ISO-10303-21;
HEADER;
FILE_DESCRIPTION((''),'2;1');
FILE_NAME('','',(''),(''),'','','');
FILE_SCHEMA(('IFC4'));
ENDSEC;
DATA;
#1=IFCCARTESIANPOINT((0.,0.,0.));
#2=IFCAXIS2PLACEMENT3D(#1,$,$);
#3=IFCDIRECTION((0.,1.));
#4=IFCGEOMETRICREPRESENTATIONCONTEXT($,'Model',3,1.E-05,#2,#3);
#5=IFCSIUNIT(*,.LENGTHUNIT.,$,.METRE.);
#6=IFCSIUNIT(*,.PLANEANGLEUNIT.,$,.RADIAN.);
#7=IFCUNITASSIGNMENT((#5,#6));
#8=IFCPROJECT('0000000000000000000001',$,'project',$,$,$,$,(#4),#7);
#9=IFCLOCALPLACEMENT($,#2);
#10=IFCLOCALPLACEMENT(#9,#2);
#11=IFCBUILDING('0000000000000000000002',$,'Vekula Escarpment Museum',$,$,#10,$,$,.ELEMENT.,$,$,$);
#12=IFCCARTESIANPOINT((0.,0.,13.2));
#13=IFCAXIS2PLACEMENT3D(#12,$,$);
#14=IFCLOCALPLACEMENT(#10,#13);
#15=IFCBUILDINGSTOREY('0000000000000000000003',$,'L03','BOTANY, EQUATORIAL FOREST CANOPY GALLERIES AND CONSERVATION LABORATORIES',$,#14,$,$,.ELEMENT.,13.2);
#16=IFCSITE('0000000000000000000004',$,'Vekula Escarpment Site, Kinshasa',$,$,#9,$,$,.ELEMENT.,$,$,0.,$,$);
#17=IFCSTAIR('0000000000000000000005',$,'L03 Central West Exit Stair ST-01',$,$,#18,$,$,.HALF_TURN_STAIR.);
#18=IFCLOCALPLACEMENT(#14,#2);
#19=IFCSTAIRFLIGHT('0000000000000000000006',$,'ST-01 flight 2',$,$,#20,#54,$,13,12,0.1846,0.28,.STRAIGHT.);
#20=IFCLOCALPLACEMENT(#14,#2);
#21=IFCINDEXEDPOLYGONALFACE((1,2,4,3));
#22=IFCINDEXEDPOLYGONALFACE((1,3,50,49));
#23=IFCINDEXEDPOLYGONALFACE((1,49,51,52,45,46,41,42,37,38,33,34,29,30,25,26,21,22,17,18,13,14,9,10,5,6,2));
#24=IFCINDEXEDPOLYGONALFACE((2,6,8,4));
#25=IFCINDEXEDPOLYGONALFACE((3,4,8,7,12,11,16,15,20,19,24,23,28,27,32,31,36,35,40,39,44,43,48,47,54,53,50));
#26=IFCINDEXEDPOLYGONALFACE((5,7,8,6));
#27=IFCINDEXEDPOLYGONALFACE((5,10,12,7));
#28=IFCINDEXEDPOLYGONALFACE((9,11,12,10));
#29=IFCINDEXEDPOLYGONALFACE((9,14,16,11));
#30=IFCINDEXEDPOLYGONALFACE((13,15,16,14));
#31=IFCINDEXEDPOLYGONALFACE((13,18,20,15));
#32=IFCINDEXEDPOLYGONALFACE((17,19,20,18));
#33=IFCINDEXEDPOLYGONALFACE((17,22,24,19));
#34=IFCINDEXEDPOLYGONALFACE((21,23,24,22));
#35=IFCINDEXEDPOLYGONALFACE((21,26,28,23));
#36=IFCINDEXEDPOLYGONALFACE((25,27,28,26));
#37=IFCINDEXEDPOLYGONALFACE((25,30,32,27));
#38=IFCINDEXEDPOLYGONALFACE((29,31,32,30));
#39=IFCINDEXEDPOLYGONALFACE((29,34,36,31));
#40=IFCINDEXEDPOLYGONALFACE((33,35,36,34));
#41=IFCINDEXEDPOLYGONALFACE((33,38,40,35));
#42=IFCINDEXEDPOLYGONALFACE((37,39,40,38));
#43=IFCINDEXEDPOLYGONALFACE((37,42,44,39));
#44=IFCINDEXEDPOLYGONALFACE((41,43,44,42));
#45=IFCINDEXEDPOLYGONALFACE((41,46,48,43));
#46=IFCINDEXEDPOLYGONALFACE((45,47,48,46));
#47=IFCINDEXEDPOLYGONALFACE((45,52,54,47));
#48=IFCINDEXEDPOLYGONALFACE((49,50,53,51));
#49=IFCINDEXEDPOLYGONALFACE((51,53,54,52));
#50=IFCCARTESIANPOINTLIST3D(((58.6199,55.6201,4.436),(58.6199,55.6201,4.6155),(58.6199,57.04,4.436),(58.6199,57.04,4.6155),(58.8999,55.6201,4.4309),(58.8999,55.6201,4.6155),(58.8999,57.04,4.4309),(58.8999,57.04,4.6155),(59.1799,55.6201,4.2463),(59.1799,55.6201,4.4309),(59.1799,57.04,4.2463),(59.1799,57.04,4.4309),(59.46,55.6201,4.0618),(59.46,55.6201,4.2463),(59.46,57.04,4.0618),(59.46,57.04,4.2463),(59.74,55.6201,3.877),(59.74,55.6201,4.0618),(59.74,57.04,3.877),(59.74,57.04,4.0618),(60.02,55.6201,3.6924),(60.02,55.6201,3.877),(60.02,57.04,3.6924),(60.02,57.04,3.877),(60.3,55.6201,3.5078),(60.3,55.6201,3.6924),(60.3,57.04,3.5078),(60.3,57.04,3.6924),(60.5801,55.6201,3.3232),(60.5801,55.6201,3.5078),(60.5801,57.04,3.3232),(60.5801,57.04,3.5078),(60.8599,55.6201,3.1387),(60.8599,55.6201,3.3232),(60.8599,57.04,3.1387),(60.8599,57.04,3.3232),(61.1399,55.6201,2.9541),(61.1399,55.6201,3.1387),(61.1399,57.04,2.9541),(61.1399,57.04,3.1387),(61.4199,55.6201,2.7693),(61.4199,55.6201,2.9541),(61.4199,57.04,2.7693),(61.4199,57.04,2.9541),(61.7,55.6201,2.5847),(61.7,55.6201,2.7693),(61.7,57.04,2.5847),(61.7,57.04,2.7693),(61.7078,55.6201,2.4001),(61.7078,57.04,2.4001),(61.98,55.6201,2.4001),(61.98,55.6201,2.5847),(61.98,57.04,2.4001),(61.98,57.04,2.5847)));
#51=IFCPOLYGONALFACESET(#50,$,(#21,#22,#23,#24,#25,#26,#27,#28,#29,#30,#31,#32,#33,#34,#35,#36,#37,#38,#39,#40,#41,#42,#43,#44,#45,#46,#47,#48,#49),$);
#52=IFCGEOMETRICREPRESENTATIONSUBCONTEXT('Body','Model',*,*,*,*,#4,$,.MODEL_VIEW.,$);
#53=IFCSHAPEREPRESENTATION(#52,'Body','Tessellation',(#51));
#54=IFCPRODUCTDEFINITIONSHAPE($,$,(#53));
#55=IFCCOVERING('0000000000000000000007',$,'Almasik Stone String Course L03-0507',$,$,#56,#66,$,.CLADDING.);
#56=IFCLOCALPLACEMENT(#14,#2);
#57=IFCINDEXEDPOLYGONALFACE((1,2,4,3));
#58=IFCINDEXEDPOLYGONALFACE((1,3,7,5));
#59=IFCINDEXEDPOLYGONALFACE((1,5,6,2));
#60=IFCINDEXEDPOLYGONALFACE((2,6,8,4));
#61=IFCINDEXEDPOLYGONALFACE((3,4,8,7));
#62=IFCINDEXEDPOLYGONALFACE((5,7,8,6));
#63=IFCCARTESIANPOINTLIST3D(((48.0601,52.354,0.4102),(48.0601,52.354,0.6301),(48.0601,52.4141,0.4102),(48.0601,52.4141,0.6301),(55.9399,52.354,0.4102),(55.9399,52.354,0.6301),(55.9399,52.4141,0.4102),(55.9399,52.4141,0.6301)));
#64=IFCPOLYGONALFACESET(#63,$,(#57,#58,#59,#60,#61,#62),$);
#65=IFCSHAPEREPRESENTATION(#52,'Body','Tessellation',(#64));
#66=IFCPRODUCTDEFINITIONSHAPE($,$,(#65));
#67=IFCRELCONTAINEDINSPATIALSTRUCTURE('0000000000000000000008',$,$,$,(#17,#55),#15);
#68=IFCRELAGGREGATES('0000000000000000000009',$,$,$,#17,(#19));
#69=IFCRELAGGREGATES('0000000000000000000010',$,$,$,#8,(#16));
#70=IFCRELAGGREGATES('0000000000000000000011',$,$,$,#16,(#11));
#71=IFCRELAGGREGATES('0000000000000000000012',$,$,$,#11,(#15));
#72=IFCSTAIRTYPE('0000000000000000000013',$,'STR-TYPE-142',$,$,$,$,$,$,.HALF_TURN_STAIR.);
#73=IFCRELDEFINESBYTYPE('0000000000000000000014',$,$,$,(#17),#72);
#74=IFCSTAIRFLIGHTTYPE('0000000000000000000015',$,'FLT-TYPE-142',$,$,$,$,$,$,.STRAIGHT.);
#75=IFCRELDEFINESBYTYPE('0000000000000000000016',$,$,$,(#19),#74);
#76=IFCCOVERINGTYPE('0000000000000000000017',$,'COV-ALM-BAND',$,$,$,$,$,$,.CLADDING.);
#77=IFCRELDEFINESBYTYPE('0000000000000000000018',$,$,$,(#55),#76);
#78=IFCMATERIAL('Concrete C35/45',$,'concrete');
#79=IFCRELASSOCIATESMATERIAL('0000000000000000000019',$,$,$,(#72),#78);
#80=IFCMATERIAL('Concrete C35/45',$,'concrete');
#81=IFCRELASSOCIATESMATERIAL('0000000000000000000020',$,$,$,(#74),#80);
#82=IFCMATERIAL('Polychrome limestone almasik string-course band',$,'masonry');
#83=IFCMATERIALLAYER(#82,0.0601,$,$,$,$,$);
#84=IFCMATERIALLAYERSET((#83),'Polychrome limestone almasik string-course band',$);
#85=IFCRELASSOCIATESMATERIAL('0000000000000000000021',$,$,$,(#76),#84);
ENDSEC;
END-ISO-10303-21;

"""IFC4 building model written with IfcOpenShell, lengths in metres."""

from ifc_helpers import new_model, si_unit, direction, frame, origin, origin_2d, place, context, subcontext, project, spatial, polyline, rectangle, outline, extrude, material, layer, layer_set, type_object, element, aggregate, save


model = new_model("IFC4")

# Units and contexts
model_context = context("Model", 3, precision=1e-05, world=origin(), true_north=direction((0.0, 1.0)))
body_context = subcontext(model_context, "Body", "Model", "MODEL_VIEW")
ifc_project = project(units=[si_unit("LENGTHUNIT", "METRE"), si_unit("PLANEANGLEUNIT", "RADIAN")], contexts=[model_context])

# Site, building, storey
site_placement = place(None, origin())
site = spatial("IfcSite", under=ifc_project, at=site_placement, Name="Vekula Escarpment Site, Kinshasa", CompositionType="ELEMENT", RefElevation=0.0)
building_placement = place(site_placement, origin())
building = spatial("IfcBuilding", under=site, at=building_placement, Name="Vekula Escarpment Museum", CompositionType="ELEMENT")
storey_placement = place(building_placement, frame((0.0, 0.0, 13.2)))
storey = spatial("IfcBuildingStorey", under=building, at=storey_placement, Name="L03", Description="BOTANY, EQUATORIAL FOREST CANOPY GALLERIES AND CONSERVATION LABORATORIES", CompositionType="ELEMENT", Elevation=13.2)

# Stair, stair flight
ifc_material_1 = material(Name="Concrete C35/45", Category="concrete")
stair_type = type_object("IfcStairType", Name="STR-TYPE-142", PredefinedType="HALF_TURN_STAIR", material=ifc_material_1)
stair_placement = place(storey_placement, origin())
stair = element("IfcStair", 1, at=stair_placement, inside=storey, type_object=stair_type, Name="L03 Central West Exit Stair ST-01", PredefinedType="HALF_TURN_STAIR")
ifc_material_2 = material(Name="Concrete C35/45", Category="concrete")
stair_flight_type = type_object("IfcStairFlightType", Name="FLT-TYPE-142", PredefinedType="STRAIGHT", material=ifc_material_2)
stair_flight_1_placement = place(storey_placement, frame((61.98, 56.3301, 2.4001), z_axis=(0.0, 0.0, 1.0), x_axis=(-1.0, 0.0, 0.0)))
stair_flight_1 = element("IfcStairFlight", 2, at=stair_flight_1_placement, type_object=stair_flight_type, Name="ST-01 flight 2", NumberOfRisers=13, NumberOfTreads=12, PredefinedType="STRAIGHT", RiserHeight=0.1846, TreadLength=0.28, context=body_context, shape_type="SweptSolid", body=[
    extrude(outline(polyline([(0.0, 0.0), (0.0, 0.1846), (0.28, 0.1846), (0.28, 0.3691), (0.5601, 0.3691), (0.5601, 0.554), (0.8401, 0.554), (0.8401, 0.7385), (1.1201, 0.7385), (1.1201, 0.9231), (1.3999, 0.9231), (1.3999, 1.1077), (1.6799, 1.1077), (1.6799, 1.2922), (1.96, 1.2922), (1.96, 1.4768), (2.24, 1.4768), (2.24, 1.6616), (2.52, 1.6616), (2.52, 1.8462), (2.8, 1.8462), (2.8, 2.0308), (3.0801, 2.0308), (3.0801, 2.2153), (3.3601, 2.2153), (3.3601, 2.3999), (3.3601, 2.0359), (0.2722, 0.0), (0.0, 0.0)])), frame((0.0, 0.71, 0.0), z_axis=(0.0, -1.0, 0.0), x_axis=(1.0, 0.0, 0.0)), (0.0, 0.0, 1.0), 1.4199),
])
aggregate(stair, [stair_flight_1])

# Covering
ifc_material_3 = material(Name="Polychrome limestone almasik string-course band", Category="masonry")
ifc_layer_1 = layer(ifc_material_3, 0.0601)
ifc_layer_set_1 = layer_set([ifc_layer_1], Name="Polychrome limestone almasik string-course band")
covering_type = type_object("IfcCoveringType", Name="COV-ALM-BAND", PredefinedType="CLADDING", material=ifc_layer_set_1)
covering_placement = place(storey_placement, frame((52.0, 52.384, 0.4102), z_axis=(0.0, 0.0, 1.0), x_axis=(1.0, 0.0, 0.0)))
element("IfcCovering", 3, at=covering_placement, inside=storey, type_object=covering_type, Name="Almasik Stone String Course L03-0507", PredefinedType="CLADDING", context=body_context, shape_type="SweptSolid", body=[
    extrude(rectangle(XDim=7.8799, YDim=0.0601, at=origin_2d()), origin(), (0.0, 0.0, 1.0), 0.22),
])

save(model, "model.ifc")
